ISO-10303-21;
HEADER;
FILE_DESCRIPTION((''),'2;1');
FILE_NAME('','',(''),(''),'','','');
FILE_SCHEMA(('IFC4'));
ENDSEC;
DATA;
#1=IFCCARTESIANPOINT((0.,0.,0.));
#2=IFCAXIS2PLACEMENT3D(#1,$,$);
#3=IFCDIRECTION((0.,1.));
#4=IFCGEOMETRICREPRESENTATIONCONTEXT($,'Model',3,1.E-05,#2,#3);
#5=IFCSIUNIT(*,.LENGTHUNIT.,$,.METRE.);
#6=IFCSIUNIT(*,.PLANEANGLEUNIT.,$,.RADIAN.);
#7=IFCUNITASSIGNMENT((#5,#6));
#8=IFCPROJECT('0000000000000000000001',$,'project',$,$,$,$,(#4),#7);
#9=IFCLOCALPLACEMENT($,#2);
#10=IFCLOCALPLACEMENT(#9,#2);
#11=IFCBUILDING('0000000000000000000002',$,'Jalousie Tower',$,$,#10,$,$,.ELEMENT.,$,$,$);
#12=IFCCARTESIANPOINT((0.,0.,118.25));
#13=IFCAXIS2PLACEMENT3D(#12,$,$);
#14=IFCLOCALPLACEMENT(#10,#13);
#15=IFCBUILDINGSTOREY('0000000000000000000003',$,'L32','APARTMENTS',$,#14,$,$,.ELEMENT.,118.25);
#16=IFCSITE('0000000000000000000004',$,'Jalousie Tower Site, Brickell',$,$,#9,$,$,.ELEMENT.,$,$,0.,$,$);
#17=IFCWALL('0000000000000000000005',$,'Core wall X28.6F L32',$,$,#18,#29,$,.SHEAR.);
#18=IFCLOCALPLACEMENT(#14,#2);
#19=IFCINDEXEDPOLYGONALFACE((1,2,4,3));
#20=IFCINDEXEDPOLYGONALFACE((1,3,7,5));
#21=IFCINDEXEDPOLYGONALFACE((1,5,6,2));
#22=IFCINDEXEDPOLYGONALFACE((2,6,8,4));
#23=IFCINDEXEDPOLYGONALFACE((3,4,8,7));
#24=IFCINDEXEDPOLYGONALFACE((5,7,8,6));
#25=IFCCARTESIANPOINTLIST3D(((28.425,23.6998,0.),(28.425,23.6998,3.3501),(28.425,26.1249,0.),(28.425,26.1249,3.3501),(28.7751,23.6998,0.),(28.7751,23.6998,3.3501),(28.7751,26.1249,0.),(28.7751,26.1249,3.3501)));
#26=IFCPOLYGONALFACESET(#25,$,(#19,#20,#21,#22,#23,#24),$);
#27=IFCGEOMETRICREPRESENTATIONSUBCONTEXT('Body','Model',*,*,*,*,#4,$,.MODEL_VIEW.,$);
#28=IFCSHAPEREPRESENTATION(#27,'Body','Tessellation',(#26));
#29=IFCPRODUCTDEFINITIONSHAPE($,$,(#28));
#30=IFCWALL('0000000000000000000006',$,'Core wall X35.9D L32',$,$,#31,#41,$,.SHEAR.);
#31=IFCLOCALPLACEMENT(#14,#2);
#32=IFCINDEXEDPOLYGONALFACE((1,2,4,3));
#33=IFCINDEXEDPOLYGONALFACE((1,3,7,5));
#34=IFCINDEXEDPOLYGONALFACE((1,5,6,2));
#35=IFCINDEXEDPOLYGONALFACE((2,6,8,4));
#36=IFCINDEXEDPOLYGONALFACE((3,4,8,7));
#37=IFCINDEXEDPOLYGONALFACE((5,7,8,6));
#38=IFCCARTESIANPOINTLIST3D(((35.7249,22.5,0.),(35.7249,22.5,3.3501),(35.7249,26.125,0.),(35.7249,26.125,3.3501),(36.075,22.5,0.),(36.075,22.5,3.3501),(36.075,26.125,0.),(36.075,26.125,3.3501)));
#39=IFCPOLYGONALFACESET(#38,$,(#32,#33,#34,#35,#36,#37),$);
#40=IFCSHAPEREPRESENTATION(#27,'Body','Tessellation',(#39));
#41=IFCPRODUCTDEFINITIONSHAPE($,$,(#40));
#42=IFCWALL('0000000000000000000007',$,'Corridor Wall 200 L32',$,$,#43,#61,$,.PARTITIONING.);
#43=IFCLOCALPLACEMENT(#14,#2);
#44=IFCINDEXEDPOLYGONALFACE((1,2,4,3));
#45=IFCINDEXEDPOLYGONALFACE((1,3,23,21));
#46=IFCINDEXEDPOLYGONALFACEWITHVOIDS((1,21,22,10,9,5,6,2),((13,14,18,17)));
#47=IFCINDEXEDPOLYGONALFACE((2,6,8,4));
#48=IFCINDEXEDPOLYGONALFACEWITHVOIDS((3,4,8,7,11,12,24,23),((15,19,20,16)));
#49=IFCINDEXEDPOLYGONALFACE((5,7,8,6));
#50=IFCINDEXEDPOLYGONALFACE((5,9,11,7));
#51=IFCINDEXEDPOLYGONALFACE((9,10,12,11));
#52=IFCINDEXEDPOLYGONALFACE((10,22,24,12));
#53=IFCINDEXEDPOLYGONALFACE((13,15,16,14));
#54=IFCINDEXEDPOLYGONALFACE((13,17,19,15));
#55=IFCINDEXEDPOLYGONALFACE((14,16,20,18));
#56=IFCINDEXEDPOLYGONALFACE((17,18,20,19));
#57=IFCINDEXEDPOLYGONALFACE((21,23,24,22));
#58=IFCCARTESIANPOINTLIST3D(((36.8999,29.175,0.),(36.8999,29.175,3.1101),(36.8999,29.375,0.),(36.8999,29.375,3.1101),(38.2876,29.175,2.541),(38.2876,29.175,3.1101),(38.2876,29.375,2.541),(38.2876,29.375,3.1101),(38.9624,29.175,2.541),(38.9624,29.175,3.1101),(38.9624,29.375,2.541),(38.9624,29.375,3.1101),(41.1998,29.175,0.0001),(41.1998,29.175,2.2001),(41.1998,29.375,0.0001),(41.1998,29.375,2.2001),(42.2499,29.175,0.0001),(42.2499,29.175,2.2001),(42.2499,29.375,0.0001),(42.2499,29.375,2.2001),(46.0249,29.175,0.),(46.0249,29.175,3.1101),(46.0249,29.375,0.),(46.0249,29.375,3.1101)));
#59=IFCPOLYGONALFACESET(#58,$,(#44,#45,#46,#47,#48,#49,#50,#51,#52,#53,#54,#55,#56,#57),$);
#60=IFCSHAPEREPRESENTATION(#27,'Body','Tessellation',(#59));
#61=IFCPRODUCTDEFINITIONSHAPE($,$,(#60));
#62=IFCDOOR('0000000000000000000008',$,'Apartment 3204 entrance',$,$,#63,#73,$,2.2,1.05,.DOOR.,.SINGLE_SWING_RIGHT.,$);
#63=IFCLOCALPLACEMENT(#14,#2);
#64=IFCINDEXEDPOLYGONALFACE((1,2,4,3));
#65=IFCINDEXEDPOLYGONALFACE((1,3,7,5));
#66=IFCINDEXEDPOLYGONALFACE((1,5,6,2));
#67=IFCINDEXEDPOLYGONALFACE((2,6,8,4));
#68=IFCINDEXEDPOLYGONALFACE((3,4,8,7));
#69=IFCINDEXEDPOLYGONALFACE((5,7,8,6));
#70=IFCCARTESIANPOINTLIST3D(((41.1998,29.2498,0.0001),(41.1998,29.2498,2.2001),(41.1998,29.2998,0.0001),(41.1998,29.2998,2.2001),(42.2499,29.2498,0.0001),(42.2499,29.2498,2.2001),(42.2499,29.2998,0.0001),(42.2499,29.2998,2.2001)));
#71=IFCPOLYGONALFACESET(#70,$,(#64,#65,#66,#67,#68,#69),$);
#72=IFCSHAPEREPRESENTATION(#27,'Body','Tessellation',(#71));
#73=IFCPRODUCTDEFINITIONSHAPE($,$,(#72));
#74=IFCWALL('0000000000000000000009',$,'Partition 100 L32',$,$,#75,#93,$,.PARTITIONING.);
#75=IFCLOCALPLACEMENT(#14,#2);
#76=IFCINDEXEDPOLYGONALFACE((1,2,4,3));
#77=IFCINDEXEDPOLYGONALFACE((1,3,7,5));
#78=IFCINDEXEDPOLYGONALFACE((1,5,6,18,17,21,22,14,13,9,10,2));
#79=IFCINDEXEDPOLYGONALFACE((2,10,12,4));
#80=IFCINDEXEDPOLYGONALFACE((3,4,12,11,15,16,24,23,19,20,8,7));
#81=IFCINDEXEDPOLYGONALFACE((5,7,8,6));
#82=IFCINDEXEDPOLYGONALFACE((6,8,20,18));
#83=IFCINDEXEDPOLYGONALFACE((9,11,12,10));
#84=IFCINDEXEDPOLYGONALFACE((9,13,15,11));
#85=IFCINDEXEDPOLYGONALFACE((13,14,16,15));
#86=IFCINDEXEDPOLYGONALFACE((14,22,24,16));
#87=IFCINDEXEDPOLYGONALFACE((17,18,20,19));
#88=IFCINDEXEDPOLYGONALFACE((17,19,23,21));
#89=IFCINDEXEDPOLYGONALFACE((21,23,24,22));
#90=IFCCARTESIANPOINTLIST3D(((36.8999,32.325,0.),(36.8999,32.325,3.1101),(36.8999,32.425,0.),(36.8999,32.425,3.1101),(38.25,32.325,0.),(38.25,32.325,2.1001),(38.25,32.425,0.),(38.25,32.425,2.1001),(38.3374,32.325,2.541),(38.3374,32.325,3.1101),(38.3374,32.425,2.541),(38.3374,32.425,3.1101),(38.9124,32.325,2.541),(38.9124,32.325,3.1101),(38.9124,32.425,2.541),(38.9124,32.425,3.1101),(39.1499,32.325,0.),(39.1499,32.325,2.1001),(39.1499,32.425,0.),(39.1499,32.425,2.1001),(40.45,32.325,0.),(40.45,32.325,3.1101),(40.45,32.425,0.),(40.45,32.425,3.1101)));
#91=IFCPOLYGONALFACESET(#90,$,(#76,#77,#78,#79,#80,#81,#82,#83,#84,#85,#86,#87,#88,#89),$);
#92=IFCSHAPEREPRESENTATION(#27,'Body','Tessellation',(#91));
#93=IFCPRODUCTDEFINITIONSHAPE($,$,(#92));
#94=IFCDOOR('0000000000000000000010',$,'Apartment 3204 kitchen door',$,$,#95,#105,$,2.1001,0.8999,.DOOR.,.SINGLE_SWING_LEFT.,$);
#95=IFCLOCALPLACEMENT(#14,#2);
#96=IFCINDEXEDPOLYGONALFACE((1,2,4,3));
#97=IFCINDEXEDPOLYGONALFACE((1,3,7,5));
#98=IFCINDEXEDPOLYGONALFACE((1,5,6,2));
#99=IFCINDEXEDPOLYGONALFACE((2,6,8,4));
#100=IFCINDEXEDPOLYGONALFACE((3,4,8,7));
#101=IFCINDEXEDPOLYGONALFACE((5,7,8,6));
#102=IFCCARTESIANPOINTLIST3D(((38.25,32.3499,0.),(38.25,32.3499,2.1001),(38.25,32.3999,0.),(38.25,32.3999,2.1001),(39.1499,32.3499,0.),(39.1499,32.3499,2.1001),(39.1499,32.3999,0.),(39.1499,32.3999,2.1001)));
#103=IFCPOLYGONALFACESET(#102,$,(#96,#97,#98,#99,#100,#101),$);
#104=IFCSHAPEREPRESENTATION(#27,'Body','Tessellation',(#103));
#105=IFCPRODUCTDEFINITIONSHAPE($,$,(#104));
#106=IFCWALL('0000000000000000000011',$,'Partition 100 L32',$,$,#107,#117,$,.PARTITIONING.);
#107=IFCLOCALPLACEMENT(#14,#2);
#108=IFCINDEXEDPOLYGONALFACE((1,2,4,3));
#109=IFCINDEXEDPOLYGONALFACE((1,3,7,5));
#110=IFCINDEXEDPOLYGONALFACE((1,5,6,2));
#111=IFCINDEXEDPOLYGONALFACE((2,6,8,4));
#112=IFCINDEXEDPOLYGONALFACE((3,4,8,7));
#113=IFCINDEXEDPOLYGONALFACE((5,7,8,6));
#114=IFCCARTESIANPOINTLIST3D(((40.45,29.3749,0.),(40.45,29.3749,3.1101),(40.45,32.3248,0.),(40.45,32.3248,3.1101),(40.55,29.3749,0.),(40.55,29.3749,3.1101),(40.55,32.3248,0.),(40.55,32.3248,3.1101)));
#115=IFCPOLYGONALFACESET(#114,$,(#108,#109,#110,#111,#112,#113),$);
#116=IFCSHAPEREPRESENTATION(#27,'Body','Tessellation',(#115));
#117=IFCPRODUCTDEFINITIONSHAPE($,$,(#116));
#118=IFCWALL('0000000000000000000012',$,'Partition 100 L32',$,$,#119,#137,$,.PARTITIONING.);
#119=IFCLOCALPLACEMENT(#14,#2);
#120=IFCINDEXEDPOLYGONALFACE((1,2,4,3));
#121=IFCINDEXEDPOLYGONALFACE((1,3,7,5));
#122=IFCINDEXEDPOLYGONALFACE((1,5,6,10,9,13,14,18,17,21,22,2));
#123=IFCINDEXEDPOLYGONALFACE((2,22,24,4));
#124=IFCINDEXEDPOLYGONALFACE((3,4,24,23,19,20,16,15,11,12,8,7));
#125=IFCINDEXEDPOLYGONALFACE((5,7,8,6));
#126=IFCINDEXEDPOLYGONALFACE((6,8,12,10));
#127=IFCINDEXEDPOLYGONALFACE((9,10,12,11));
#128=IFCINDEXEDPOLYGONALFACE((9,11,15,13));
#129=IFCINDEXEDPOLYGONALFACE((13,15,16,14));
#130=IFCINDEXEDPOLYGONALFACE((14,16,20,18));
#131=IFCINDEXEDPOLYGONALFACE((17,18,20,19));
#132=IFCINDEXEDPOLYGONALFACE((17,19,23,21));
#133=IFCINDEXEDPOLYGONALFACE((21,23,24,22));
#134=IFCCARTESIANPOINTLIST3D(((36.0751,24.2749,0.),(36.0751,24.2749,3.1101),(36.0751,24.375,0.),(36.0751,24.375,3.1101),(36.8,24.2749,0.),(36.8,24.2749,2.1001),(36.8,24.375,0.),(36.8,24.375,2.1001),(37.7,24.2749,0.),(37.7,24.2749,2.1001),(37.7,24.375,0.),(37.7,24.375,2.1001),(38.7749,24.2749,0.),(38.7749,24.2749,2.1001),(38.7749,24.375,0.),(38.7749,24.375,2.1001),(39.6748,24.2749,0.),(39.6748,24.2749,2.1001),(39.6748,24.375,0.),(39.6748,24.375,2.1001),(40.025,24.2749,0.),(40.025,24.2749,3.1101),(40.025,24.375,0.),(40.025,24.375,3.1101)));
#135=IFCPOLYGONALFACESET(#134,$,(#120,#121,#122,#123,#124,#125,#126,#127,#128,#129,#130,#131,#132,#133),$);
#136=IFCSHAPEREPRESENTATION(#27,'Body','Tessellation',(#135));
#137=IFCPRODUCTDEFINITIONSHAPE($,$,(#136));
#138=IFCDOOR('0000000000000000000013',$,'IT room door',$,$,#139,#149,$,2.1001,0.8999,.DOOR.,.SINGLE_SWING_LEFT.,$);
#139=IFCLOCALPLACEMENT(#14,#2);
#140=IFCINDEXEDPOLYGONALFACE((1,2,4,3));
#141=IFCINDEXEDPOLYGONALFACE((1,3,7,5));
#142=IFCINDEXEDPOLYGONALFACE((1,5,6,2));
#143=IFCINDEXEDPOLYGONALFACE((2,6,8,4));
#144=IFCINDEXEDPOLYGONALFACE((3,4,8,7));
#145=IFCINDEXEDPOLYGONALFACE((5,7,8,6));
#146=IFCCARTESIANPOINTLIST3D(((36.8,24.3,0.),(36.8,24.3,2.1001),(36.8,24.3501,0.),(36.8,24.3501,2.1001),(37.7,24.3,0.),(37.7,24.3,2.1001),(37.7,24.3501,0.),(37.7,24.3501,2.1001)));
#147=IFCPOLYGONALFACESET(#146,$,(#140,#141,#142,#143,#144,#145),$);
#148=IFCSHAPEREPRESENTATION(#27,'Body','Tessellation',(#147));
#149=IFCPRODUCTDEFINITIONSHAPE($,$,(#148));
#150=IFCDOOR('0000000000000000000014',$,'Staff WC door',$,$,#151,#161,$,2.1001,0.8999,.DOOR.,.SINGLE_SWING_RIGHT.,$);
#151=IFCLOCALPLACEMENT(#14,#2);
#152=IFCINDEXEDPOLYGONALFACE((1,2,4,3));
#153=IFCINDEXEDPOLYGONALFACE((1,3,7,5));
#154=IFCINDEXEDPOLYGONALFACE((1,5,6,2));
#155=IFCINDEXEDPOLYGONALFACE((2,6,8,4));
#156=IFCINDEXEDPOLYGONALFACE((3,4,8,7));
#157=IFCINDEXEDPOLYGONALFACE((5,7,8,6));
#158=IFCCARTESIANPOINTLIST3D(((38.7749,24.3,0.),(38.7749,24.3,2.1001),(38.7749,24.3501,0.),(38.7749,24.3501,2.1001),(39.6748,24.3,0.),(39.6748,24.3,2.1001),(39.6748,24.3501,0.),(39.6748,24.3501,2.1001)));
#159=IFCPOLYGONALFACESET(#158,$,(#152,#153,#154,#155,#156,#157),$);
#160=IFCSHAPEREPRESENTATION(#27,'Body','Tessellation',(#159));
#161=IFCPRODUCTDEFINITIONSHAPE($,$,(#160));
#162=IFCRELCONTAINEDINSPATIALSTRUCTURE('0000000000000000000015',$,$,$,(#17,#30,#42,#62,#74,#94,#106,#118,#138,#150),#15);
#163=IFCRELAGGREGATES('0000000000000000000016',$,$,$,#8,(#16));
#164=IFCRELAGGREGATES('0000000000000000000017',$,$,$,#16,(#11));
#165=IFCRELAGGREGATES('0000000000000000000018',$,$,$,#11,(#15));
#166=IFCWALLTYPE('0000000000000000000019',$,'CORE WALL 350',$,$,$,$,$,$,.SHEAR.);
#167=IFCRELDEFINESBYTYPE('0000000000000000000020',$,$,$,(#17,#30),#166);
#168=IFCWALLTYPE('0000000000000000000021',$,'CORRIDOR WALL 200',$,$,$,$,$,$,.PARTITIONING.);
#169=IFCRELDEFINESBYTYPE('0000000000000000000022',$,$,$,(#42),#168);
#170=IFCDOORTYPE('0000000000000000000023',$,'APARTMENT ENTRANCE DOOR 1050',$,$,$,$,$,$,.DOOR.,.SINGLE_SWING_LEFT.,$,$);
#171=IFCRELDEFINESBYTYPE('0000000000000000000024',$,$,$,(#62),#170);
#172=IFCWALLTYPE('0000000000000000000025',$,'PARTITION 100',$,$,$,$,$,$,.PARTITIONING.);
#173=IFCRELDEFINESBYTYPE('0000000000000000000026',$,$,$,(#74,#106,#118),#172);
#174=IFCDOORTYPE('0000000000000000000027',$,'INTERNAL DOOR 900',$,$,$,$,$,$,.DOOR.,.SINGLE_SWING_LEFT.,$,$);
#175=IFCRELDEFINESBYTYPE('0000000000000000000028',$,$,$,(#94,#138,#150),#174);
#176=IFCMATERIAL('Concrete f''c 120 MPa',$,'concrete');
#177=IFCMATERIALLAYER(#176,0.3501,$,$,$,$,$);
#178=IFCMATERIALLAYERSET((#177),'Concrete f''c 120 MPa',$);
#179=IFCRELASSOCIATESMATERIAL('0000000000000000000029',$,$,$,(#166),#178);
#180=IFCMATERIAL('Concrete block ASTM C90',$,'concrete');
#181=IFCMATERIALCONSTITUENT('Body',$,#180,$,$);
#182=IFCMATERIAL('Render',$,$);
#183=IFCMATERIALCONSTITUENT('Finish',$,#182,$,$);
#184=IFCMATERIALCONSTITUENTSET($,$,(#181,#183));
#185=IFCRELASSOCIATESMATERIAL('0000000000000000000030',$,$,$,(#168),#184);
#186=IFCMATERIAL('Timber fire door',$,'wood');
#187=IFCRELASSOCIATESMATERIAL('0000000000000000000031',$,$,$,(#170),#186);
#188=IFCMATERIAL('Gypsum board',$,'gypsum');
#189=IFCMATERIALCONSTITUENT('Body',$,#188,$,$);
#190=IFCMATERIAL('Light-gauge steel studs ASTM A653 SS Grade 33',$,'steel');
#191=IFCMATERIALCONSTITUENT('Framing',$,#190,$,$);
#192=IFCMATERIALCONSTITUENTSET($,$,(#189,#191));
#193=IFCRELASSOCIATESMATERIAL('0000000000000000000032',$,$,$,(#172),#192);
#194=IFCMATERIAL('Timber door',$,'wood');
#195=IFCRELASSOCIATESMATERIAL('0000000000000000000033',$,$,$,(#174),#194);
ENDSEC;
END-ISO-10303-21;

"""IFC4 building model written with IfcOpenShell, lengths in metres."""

from ifc_helpers import new_model, si_unit, direction, frame, frame_2d, origin, place, context, subcontext, project, spatial, polyline, rectangle, outline, extrude, material, layer, layer_set, constituent, constituent_set, type_object, element, fill, save


model = new_model("IFC4")

# Units and contexts
model_context = context("Model", 3, precision=1e-05, world=origin(), true_north=direction((0.0, 1.0)))
body_context = subcontext(model_context, "Body", "Model", "MODEL_VIEW")
ifc_project = project(units=[si_unit("LENGTHUNIT", "METRE"), si_unit("PLANEANGLEUNIT", "RADIAN")], contexts=[model_context])

# Site, building, storey
site_placement = place(None, origin())
site = spatial("IfcSite", under=ifc_project, at=site_placement, Name="Jalousie Tower Site, Brickell", CompositionType="ELEMENT", RefElevation=0.0)
building_placement = place(site_placement, origin())
building = spatial("IfcBuilding", under=site, at=building_placement, Name="Jalousie Tower", CompositionType="ELEMENT")
storey_placement = place(building_placement, frame((0.0, 0.0, 118.25)))
storey = spatial("IfcBuildingStorey", under=building, at=storey_placement, Name="L32", Description="APARTMENTS", CompositionType="ELEMENT", Elevation=118.25)

# Walls
ifc_material_1 = material(Name="Concrete f'c 120 MPa", Category="concrete")
ifc_layer_1 = layer(ifc_material_1, 0.3501)
ifc_layer_set_1 = layer_set([ifc_layer_1], Name="Concrete f'c 120 MPa")
wall_type_1 = type_object("IfcWallType", Name="CORE WALL 350", PredefinedType="SHEAR", material=ifc_layer_set_1)
wall_1_placement = place(storey_placement, frame((28.6001, 23.7, 0.0), z_axis=(0.0, 0.0, 1.0), x_axis=(0.0, 1.0, 0.0)))
element("IfcWall", 1, at=wall_1_placement, inside=storey, type_object=wall_type_1, Name="Core wall X28.6F L32", PredefinedType="SHEAR", context=body_context, shape_type="SweptSolid", body=[
    extrude(rectangle(XDim=2.425, YDim=0.3501, at=frame_2d((1.2124, 0.0))), origin(), (0.0, 0.0, 1.0), 3.3501),
])
wall_2_placement = place(storey_placement, frame((35.8999, 22.5, 0.0), z_axis=(0.0, 0.0, 1.0), x_axis=(0.0, 1.0, 0.0)))
element("IfcWall", 2, at=wall_2_placement, inside=storey, type_object=wall_type_1, Name="Core wall X35.9D L32", PredefinedType="SHEAR", context=body_context, shape_type="SweptSolid", body=[
    extrude(rectangle(XDim=3.625, YDim=0.3501, at=frame_2d((1.8125, 0.0))), origin(), (0.0, 0.0, 1.0), 3.3501),
])

# Walls, openings, doors
ifc_material_2 = material(Name="Concrete block ASTM C90", Category="concrete")
ifc_constituent_1 = constituent(ifc_material_2, Name="Body")
ifc_material_3 = material(Name="Render")
ifc_constituent_2 = constituent(ifc_material_3, Name="Finish")
ifc_constituent_set_1 = constituent_set(constituents=[ifc_constituent_1, ifc_constituent_2])
wall_type_2 = type_object("IfcWallType", Name="CORRIDOR WALL 200", PredefinedType="PARTITIONING", material=ifc_constituent_set_1)
wall_3_placement = place(storey_placement, frame((36.8999, 29.2749, 0.0), z_axis=(0.0, 0.0, 1.0), x_axis=(1.0, 0.0, 0.0)))
wall_3 = element("IfcWall", 3, at=wall_3_placement, inside=storey, type_object=wall_type_2, Name="Corridor Wall 200 L32", PredefinedType="PARTITIONING", context=body_context, shape_type="SweptSolid", body=[
    extrude(outline(polyline([(0.0, 0.0), (9.125, 0.0), (9.125, 3.1101), (2.0625, 3.1101), (2.0625, 2.541), (1.3877, 2.541), (1.3877, 3.1101), (0.0, 3.1101), (0.0, 0.0)])), frame((0.0, 0.1001, 0.0), z_axis=(0.0, -1.0, 0.0), x_axis=(1.0, 0.0, 0.0)), (0.0, 0.0, 1.0), 0.2),
])
opening_1_placement = place(wall_3_placement, frame((4.3, 0.0, 0.0)))
opening_1 = element("IfcOpeningElement", 4, at=opening_1_placement, cuts=wall_3, PredefinedType="OPENING", context=body_context, shape_type="SweptSolid", body=[
    extrude(rectangle(XDim=1.05, YDim=2.2, at=frame_2d((0.5249, 1.1001))), frame((0.0, 0.1099, 0.0), z_axis=(0.0, -1.0, 0.0), x_axis=(1.0, 0.0, 0.0)), (0.0, 0.0, 1.0), 0.22),
])
ifc_material_4 = material(Name="Timber fire door", Category="wood")
door_type_1 = type_object("IfcDoorType", Name="APARTMENT ENTRANCE DOOR 1050", OperationType="SINGLE_SWING_LEFT", PredefinedType="DOOR", material=ifc_material_4)
door_1_placement = place(opening_1_placement, origin())
door_1 = element("IfcDoor", 5, at=door_1_placement, inside=storey, type_object=door_type_1, Name="Apartment 3204 entrance", OperationType="SINGLE_SWING_RIGHT", OverallHeight=2.2, OverallWidth=1.05, PredefinedType="DOOR", context=body_context, shape_type="SweptSolid", body=[
    extrude(rectangle(XDim=1.05, YDim=2.2, at=frame_2d((0.5249, 1.1001))), frame((0.0, 0.0249, 0.0), z_axis=(0.0, -1.0, 0.0), x_axis=(1.0, 0.0, 0.0)), (0.0, 0.0, 1.0), 0.05),
])
fill(opening_1, door_1)
ifc_material_5 = material(Name="Gypsum board", Category="gypsum")
ifc_constituent_3 = constituent(ifc_material_5, Name="Body")
ifc_material_6 = material(Name="Light-gauge steel studs ASTM A653 SS Grade 33", Category="steel")
ifc_constituent_4 = constituent(ifc_material_6, Name="Framing")
ifc_constituent_set_2 = constituent_set(constituents=[ifc_constituent_3, ifc_constituent_4])
wall_type_3 = type_object("IfcWallType", Name="PARTITION 100", PredefinedType="PARTITIONING", material=ifc_constituent_set_2)
wall_4_placement = place(storey_placement, frame((36.8999, 32.375, 0.0), z_axis=(0.0, 0.0, 1.0), x_axis=(1.0, 0.0, 0.0)))
wall_4 = element("IfcWall", 6, at=wall_4_placement, inside=storey, type_object=wall_type_3, Name="Partition 100 L32", PredefinedType="PARTITIONING", context=body_context, shape_type="SweptSolid", body=[
    extrude(outline(polyline([(0.0, 0.0), (3.55, 0.0), (3.55, 3.1101), (2.0125, 3.1101), (2.0125, 2.541), (1.4375, 2.541), (1.4375, 3.1101), (0.0, 3.1101), (0.0, 0.0)])), frame((0.0, 0.05, 0.0), z_axis=(0.0, -1.0, 0.0), x_axis=(1.0, 0.0, 0.0)), (0.0, 0.0, 1.0), 0.1001),
])
opening_2_placement = place(wall_4_placement, frame((1.3501, 0.0, 0.0)))
opening_2 = element("IfcOpeningElement", 7, at=opening_2_placement, cuts=wall_4, PredefinedType="OPENING", context=body_context, shape_type="SweptSolid", body=[
    extrude(rectangle(XDim=0.8999, YDim=2.1001, at=frame_2d((0.45, 1.05))), frame((0.0, 0.0601, 0.0), z_axis=(0.0, -1.0, 0.0), x_axis=(1.0, 0.0, 0.0)), (0.0, 0.0, 1.0), 0.1201),
])
ifc_material_7 = material(Name="Timber door", Category="wood")
door_type_2 = type_object("IfcDoorType", Name="INTERNAL DOOR 900", OperationType="SINGLE_SWING_LEFT", PredefinedType="DOOR", material=ifc_material_7)
door_2_placement = place(opening_2_placement, origin())
door_2 = element("IfcDoor", 8, at=door_2_placement, inside=storey, type_object=door_type_2, Name="Apartment 3204 kitchen door", OperationType="SINGLE_SWING_LEFT", OverallHeight=2.1001, OverallWidth=0.8999, PredefinedType="DOOR", context=body_context, shape_type="SweptSolid", body=[
    extrude(rectangle(XDim=0.8999, YDim=2.1001, at=frame_2d((0.45, 1.05))), frame((0.0, 0.0249, 0.0), z_axis=(0.0, -1.0, 0.0), x_axis=(1.0, 0.0, 0.0)), (0.0, 0.0, 1.0), 0.05),
])
fill(opening_2, door_2)

# Wall
wall_5_placement = place(storey_placement, frame((40.5, 32.325, 0.0), z_axis=(0.0, 0.0, 1.0), x_axis=(0.0, -1.0, 0.0)))
element("IfcWall", 9, at=wall_5_placement, inside=storey, type_object=wall_type_3, Name="Partition 100 L32", PredefinedType="PARTITIONING", context=body_context, shape_type="SweptSolid", body=[
    extrude(rectangle(XDim=2.95, YDim=0.1001, at=frame_2d((1.4751, 0.0))), origin(), (0.0, 0.0, 1.0), 3.1101),
])

# Wall, openings, doors
wall_6_placement = place(storey_placement, frame((36.075, 24.325, 0.0), z_axis=(0.0, 0.0, 1.0), x_axis=(1.0, 0.0, 0.0)))
wall_6 = element("IfcWall", 10, at=wall_6_placement, inside=storey, type_object=wall_type_3, Name="Partition 100 L32", PredefinedType="PARTITIONING", context=body_context, shape_type="SweptSolid", body=[
    extrude(rectangle(XDim=3.95, YDim=0.1001, at=frame_2d((1.9751, 0.0))), origin(), (0.0, 0.0, 1.0), 3.1101),
])
opening_3_placement = place(wall_6_placement, frame((0.7251, 0.0, 0.0)))
opening_3 = element("IfcOpeningElement", 11, at=opening_3_placement, cuts=wall_6, PredefinedType="OPENING", context=body_context, shape_type="SweptSolid", body=[
    extrude(rectangle(XDim=0.8999, YDim=2.1001, at=frame_2d((0.45, 1.05))), frame((0.0, 0.0601, 0.0), z_axis=(0.0, -1.0, 0.0), x_axis=(1.0, 0.0, 0.0)), (0.0, 0.0, 1.0), 0.1201),
])
opening_4_placement = place(wall_6_placement, frame((2.7, 0.0, 0.0)))
opening_4 = element("IfcOpeningElement", 12, at=opening_4_placement, cuts=wall_6, PredefinedType="OPENING", context=body_context, shape_type="SweptSolid", body=[
    extrude(rectangle(XDim=0.8999, YDim=2.1001, at=frame_2d((0.45, 1.05))), frame((0.0, 0.0601, 0.0), z_axis=(0.0, -1.0, 0.0), x_axis=(1.0, 0.0, 0.0)), (0.0, 0.0, 1.0), 0.1201),
])
door_3_placement = place(opening_3_placement, frame((0.8999, 0.0, 0.0), z_axis=(0.0, 0.0, 1.0), x_axis=(-1.0, 0.0, 0.0)))
door_3 = element("IfcDoor", 13, at=door_3_placement, inside=storey, type_object=door_type_2, Name="IT room door", OperationType="SINGLE_SWING_LEFT", OverallHeight=2.1001, OverallWidth=0.8999, PredefinedType="DOOR", context=body_context, shape_type="SweptSolid", body=[
    extrude(rectangle(XDim=0.8999, YDim=2.1001, at=frame_2d((0.45, 1.05))), frame((0.0, 0.0249, 0.0), z_axis=(0.0, -1.0, 0.0), x_axis=(1.0, 0.0, 0.0)), (0.0, 0.0, 1.0), 0.05),
])
fill(opening_3, door_3)
door_4_placement = place(opening_4_placement, frame((0.8999, 0.0, 0.0), z_axis=(0.0, 0.0, 1.0), x_axis=(-1.0, 0.0, 0.0)))
door_4 = element("IfcDoor", 14, at=door_4_placement, inside=storey, type_object=door_type_2, Name="Staff WC door", OperationType="SINGLE_SWING_RIGHT", OverallHeight=2.1001, OverallWidth=0.8999, PredefinedType="DOOR", context=body_context, shape_type="SweptSolid", body=[
    extrude(rectangle(XDim=0.8999, YDim=2.1001, at=frame_2d((0.45, 1.05))), frame((0.0, 0.0249, 0.0), z_axis=(0.0, -1.0, 0.0), x_axis=(1.0, 0.0, 0.0)), (0.0, 0.0, 1.0), 0.05),
])
fill(opening_4, door_4)

save(model, "model.ifc")
